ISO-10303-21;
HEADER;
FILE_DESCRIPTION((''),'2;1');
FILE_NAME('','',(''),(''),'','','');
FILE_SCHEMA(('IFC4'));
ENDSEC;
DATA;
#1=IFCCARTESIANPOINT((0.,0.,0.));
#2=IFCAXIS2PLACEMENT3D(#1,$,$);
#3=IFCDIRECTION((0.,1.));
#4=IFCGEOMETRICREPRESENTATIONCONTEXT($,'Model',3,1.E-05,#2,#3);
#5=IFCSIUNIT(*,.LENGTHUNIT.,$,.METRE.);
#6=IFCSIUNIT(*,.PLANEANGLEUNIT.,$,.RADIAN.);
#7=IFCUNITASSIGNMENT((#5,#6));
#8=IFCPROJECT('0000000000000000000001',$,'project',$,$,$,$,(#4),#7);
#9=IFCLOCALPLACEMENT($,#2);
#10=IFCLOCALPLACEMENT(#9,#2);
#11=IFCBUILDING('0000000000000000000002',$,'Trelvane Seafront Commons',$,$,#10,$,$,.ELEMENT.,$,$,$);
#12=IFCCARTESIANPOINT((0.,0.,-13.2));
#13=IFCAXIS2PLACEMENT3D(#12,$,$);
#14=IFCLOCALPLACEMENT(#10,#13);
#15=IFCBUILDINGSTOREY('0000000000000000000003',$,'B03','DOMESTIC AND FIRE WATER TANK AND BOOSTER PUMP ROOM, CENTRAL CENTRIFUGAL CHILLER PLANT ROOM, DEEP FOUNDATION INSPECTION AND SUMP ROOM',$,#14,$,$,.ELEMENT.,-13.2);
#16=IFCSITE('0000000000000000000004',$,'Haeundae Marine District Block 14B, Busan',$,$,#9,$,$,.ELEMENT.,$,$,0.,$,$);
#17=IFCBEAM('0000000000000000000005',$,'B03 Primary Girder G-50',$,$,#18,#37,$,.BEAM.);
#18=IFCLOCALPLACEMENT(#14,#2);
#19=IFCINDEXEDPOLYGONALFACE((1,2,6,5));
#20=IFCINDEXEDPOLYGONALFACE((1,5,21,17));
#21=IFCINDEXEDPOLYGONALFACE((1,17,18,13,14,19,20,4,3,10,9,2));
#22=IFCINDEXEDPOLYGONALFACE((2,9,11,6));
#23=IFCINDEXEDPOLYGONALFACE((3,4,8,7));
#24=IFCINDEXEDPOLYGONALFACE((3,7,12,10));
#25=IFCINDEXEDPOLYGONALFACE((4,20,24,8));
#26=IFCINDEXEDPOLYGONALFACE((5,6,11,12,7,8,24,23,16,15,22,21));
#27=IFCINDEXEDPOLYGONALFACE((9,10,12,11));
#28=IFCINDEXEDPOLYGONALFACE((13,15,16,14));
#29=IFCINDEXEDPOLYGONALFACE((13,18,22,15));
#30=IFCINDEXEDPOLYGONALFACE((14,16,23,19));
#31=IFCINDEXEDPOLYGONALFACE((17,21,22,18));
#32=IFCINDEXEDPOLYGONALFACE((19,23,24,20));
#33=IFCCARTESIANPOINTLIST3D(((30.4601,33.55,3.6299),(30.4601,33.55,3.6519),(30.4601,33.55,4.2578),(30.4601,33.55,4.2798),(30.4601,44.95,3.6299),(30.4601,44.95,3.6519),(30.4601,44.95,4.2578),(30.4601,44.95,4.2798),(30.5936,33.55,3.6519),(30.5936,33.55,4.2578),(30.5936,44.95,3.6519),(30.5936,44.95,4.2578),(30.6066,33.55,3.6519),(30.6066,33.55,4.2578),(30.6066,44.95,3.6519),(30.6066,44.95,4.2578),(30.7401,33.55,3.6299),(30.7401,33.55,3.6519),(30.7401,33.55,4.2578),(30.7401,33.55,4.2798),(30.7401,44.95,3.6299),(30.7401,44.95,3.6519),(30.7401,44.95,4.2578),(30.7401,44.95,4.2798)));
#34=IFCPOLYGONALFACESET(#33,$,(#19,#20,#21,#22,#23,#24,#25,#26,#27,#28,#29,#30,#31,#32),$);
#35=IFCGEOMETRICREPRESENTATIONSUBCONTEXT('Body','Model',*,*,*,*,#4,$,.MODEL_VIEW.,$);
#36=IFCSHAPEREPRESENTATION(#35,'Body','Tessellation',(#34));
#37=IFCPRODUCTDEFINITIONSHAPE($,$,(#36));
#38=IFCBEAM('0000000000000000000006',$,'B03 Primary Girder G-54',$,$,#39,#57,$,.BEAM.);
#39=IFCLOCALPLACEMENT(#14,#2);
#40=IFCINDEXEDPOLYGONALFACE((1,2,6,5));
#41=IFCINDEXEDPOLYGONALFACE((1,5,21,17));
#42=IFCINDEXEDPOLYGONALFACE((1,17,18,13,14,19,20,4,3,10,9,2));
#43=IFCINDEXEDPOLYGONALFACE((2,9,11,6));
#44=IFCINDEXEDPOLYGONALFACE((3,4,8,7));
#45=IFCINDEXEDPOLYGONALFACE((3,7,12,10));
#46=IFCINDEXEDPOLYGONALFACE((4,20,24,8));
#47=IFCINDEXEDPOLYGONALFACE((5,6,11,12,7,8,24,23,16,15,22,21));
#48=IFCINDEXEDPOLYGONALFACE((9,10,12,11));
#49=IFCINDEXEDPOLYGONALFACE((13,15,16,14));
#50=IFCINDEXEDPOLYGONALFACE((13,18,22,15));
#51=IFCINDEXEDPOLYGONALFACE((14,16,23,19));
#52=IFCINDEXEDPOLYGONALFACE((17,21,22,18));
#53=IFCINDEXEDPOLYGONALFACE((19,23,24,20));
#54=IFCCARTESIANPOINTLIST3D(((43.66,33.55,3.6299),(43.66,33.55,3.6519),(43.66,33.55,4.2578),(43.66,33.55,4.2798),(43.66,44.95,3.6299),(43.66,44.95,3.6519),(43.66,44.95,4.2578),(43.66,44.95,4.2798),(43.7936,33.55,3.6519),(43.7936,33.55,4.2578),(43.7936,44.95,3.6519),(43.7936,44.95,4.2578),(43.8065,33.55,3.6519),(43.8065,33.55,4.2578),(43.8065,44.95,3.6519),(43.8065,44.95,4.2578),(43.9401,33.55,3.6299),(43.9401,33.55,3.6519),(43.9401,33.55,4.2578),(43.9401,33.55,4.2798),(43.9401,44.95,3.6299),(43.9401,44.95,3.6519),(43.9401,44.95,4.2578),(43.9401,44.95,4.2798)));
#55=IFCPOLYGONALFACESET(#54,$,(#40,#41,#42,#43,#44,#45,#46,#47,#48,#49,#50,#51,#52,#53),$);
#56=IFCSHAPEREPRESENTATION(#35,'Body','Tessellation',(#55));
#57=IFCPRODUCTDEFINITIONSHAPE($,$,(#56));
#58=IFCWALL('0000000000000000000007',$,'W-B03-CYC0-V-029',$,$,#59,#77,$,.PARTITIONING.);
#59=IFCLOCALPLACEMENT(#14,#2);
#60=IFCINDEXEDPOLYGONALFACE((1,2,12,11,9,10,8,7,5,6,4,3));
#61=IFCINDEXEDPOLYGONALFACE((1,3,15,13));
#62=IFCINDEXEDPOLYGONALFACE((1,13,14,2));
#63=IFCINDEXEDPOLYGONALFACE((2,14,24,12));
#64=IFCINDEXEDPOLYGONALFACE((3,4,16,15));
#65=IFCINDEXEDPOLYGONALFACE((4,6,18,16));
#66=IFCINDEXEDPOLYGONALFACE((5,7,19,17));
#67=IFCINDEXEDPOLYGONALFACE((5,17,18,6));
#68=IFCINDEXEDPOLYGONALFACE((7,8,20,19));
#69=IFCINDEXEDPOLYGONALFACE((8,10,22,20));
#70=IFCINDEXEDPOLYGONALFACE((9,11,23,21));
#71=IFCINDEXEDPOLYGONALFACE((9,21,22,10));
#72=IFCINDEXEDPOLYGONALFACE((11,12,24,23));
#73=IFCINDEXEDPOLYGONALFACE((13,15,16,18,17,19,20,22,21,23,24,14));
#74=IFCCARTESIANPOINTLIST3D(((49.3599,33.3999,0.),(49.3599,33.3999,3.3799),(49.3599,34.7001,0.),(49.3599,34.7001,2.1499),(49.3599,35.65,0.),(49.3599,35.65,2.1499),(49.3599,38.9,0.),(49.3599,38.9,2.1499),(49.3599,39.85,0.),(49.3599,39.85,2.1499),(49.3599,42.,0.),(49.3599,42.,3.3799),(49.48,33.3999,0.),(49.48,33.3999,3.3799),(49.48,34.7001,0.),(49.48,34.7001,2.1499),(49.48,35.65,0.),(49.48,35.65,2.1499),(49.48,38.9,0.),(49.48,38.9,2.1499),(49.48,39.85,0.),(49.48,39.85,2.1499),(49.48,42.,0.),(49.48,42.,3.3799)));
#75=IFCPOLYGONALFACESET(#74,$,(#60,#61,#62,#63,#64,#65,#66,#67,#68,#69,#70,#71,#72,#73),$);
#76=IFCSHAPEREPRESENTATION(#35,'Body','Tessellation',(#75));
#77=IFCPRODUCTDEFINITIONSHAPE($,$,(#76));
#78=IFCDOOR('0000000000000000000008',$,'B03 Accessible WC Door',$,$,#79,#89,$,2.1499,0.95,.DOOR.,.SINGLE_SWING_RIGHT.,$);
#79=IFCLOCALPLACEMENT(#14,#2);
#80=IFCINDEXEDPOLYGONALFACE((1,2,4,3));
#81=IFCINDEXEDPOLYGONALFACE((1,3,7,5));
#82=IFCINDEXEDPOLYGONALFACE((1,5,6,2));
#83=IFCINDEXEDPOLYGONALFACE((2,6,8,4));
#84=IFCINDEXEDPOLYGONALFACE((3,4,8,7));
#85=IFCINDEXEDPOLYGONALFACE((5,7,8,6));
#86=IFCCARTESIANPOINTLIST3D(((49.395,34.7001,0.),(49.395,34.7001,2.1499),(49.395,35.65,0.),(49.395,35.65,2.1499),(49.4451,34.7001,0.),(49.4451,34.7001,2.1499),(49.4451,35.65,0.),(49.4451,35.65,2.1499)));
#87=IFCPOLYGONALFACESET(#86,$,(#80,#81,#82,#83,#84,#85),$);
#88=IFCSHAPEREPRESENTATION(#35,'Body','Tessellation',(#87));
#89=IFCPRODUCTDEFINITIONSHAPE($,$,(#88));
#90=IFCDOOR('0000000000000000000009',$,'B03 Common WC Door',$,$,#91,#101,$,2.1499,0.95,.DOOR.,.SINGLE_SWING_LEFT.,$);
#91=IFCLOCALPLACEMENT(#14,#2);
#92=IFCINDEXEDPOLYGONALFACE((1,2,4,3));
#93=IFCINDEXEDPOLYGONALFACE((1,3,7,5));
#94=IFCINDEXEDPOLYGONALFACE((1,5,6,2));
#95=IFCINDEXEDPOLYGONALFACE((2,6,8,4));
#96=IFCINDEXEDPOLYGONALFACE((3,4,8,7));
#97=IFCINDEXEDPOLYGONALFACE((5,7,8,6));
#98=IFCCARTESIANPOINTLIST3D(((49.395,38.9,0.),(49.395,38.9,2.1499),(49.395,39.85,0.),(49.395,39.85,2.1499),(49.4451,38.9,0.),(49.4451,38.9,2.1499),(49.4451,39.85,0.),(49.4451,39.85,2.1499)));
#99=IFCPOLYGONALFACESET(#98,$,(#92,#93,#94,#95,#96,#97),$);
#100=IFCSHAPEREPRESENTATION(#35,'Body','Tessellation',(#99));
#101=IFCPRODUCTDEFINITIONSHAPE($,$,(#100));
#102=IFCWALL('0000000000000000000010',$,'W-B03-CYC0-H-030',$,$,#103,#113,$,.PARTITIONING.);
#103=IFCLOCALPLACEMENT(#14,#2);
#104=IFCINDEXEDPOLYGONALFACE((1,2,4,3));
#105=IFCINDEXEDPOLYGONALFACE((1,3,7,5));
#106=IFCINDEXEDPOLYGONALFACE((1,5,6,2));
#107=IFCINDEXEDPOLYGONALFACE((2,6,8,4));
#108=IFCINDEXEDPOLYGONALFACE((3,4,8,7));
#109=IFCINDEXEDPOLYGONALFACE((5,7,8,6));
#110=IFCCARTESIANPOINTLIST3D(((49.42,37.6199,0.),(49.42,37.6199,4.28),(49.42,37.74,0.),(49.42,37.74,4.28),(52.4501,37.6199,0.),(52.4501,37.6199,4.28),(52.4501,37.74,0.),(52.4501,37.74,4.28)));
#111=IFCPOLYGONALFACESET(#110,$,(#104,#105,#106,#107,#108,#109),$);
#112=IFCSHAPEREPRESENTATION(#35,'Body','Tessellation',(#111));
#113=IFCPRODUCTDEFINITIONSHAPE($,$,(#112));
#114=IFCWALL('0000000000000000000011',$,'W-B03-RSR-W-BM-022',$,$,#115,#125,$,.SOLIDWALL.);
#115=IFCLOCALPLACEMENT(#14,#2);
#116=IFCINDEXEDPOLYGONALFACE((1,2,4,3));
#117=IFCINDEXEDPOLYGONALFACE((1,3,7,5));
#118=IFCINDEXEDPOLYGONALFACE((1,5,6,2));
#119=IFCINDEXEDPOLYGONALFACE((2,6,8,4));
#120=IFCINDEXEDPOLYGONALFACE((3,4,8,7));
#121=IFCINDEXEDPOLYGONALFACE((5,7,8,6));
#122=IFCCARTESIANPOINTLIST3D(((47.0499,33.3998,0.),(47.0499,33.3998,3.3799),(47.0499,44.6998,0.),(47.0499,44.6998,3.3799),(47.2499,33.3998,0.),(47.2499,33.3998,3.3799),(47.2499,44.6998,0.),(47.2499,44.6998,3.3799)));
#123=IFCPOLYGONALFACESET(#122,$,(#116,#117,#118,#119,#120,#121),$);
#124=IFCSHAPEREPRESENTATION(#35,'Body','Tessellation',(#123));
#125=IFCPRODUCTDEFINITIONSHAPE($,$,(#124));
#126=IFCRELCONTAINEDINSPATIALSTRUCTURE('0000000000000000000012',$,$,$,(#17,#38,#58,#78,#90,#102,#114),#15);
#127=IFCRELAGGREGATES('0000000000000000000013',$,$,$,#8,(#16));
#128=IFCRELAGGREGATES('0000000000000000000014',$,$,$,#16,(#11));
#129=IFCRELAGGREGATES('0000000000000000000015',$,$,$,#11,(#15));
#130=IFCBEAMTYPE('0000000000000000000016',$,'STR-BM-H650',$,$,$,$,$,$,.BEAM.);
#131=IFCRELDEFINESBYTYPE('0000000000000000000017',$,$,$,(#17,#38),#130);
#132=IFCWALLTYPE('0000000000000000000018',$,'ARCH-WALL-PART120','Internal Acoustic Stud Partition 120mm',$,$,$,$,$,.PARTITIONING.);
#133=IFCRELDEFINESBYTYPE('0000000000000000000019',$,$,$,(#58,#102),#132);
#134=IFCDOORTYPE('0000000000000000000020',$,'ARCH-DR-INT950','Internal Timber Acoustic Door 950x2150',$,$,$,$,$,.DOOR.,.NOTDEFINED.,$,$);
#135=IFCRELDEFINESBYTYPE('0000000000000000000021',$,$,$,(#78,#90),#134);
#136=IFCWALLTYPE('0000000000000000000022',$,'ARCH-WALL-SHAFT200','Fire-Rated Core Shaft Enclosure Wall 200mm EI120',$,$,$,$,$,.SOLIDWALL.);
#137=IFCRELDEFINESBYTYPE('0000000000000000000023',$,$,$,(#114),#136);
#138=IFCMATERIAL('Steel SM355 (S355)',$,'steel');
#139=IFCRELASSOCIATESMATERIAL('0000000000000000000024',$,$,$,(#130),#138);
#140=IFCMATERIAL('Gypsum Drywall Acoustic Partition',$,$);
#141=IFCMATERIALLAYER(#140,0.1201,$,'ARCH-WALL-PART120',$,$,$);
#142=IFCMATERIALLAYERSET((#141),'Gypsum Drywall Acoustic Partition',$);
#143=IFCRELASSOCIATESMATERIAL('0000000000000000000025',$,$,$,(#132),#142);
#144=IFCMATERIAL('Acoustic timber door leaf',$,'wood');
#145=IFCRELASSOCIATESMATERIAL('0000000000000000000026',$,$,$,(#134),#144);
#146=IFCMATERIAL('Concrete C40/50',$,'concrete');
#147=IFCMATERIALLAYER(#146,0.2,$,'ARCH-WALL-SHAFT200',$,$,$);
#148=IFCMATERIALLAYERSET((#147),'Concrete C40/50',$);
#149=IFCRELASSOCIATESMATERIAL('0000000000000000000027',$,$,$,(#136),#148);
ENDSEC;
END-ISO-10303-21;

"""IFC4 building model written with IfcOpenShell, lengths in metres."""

from ifc_helpers import new_model, si_unit, direction, frame, frame_2d, origin, origin_2d, place, context, subcontext, project, spatial, rectangle, i_section, extrude, source, transform, mapped, material, layer, layer_set, material_profile, profile_set, type_object, element, fill, save


model = new_model("IFC4")

# Units and contexts
model_context = context("Model", 3, precision=1e-05, world=origin(), true_north=direction((0.0, 1.0)))
body_context = subcontext(model_context, "Body", "Model", "MODEL_VIEW")
ifc_project = project(units=[si_unit("LENGTHUNIT", "METRE"), si_unit("PLANEANGLEUNIT", "RADIAN")], contexts=[model_context])

# Site, building, storey
site_placement = place(None, origin())
site = spatial("IfcSite", under=ifc_project, at=site_placement, Name="Haeundae Marine District Block 14B, Busan", CompositionType="ELEMENT", RefElevation=0.0)
building_placement = place(site_placement, origin())
building = spatial("IfcBuilding", under=site, at=building_placement, Name="Trelvane Seafront Commons", CompositionType="ELEMENT")
storey_placement = place(building_placement, frame((0.0, 0.0, -13.2)))
storey = spatial("IfcBuildingStorey", under=building, at=storey_placement, Name="B03", Description="DOMESTIC AND FIRE WATER TANK AND BOOSTER PUMP ROOM, CENTRAL CENTRIFUGAL CHILLER PLANT ROOM, DEEP FOUNDATION INSPECTION AND SUMP ROOM", CompositionType="ELEMENT", Elevation=-13.2)

# Beams
ifc_material_1 = material(Name="Steel SM355 (S355)", Category="steel")
ifc_material_profile_1 = material_profile(ifc_material_1, i_section(OverallWidth=0.28, OverallDepth=0.6499, WebThickness=0.0129, FlangeThickness=0.022, at=origin_2d()), Name="H-650x280x13x22")
ifc_profile_set_1 = profile_set([ifc_material_profile_1], Name="Steel SM355 (S355)")
beam_type_1 = type_object("IfcBeamType", Name="STR-BM-H650", PredefinedType="BEAM", material=ifc_profile_set_1)
shared_shape_1 = source(origin(), body_context, "Body", "SweptSolid", [
    extrude(i_section(OverallWidth=0.28, OverallDepth=0.6499, WebThickness=0.0129, FlangeThickness=0.022, at=origin_2d()), origin(), (0.0, 0.0, 1.0), 11.3999),
])
for number, where, z_axis, x_axis, name in (
    (1, (30.6001, 33.55, 3.9548), (0.0, 1.0, 0.0), (-1.0, 0.0, 0.0), "B03 Primary Girder G-50"),
    (2, (43.8, 33.55, 3.9548), (0.0, 1.0, 0.0), (-1.0, 0.0, 0.0), "B03 Primary Girder G-54"),
):
    element("IfcBeam", number, at=place(storey_placement, frame(where, z_axis=z_axis, x_axis=x_axis)), inside=storey, type_object=beam_type_1, Name=name, PredefinedType="BEAM", context=body_context, shape_type="MappedRepresentation", body=[
        mapped(shared_shape_1, transform((0.0, 0.0, 0.0), x_axis=(1.0, 0.0, 0.0), y_axis=(0.0, 1.0, 0.0), z_axis=(0.0, 0.0, 1.0), scale=1.0)),
    ])

# Wall, openings, doors
ifc_material_2 = material(Name="Concrete C40/50", Category="concrete")
shared_shape_2 = source(origin(), body_context, "Body", "SweptSolid", [
    extrude(rectangle(XDim=0.95, YDim=2.1499, at=frame_2d((0.4751, 1.075))), frame((0.0, 0.0249, 0.0), z_axis=(0.0, -1.0, 0.0), x_axis=(1.0, 0.0, 0.0)), (0.0, 0.0, 1.0), 0.05),
])
ifc_material_3 = material(Name="Gypsum Drywall Acoustic Partition")
ifc_layer_1 = layer(ifc_material_3, 0.1201, Name="ARCH-WALL-PART120")
ifc_layer_set_1 = layer_set([ifc_layer_1], Name="Gypsum Drywall Acoustic Partition")
wall_type_1 = type_object("IfcWallType", Name="ARCH-WALL-PART120", Description="Internal Acoustic Stud Partition 120mm", PredefinedType="PARTITIONING", material=ifc_layer_set_1)
wall_1_placement = place(storey_placement, frame((49.4199, 33.3999, 0.0), z_axis=(0.0, 0.0, 1.0), x_axis=(0.0, 1.0, 0.0)))
wall_1 = element("IfcWall", 3, at=wall_1_placement, inside=storey, type_object=wall_type_1, Name="W-B03-CYC0-V-029", PredefinedType="PARTITIONING", context=body_context, shape_type="SweptSolid", body=[
    extrude(rectangle(XDim=8.6001, YDim=0.1201, at=frame_2d((4.3, 0.0))), origin(), (0.0, 0.0, 1.0), 3.3799),
])
opening_1_placement = place(wall_1_placement, frame((1.3, 0.0, 0.0)))
opening_1 = element("IfcOpeningElement", 4, at=opening_1_placement, cuts=wall_1, PredefinedType="OPENING", context=body_context, shape_type="SweptSolid", body=[
    extrude(rectangle(XDim=0.95, YDim=2.1499, at=frame_2d((0.4751, 1.075))), frame((0.0, 0.0701, 0.0), z_axis=(0.0, -1.0, 0.0), x_axis=(1.0, 0.0, 0.0)), (0.0, 0.0, 1.0), 0.1401),
])
opening_2_placement = place(wall_1_placement, frame((5.5, 0.0, 0.0)))
opening_2 = element("IfcOpeningElement", 5, at=opening_2_placement, cuts=wall_1, PredefinedType="OPENING", context=body_context, shape_type="SweptSolid", body=[
    extrude(rectangle(XDim=0.95, YDim=2.1499, at=frame_2d((0.4751, 1.075))), frame((0.0, 0.0701, 0.0), z_axis=(0.0, -1.0, 0.0), x_axis=(1.0, 0.0, 0.0)), (0.0, 0.0, 1.0), 0.1401),
])
ifc_material_4 = material(Name="Acoustic timber door leaf", Category="wood")
door_type_1 = type_object("IfcDoorType", Name="ARCH-DR-INT950", Description="Internal Timber Acoustic Door 950x2150", OperationType="NOTDEFINED", PredefinedType="DOOR", material=ifc_material_4)
door_1_placement = place(opening_1_placement, origin())
door_1 = element("IfcDoor", 6, at=door_1_placement, inside=storey, type_object=door_type_1, Name="B03 Accessible WC Door", OperationType="SINGLE_SWING_RIGHT", OverallHeight=2.1499, OverallWidth=0.95, PredefinedType="DOOR", context=body_context, shape_type="MappedRepresentation", body=[
    mapped(shared_shape_2, transform((0.0, 0.0, 0.0), x_axis=(1.0, 0.0, 0.0), y_axis=(0.0, 1.0, 0.0), z_axis=(0.0, 0.0, 1.0), scale=1.0)),
])
fill(opening_1, door_1)
door_2_placement = place(opening_2_placement, origin())
door_2 = element("IfcDoor", 7, at=door_2_placement, inside=storey, type_object=door_type_1, Name="B03 Common WC Door", OperationType="SINGLE_SWING_LEFT", OverallHeight=2.1499, OverallWidth=0.95, PredefinedType="DOOR", context=body_context, shape_type="MappedRepresentation", body=[
    mapped(shared_shape_2, transform((0.0, 0.0, 0.0), x_axis=(1.0, 0.0, 0.0), y_axis=(0.0, 1.0, 0.0), z_axis=(0.0, 0.0, 1.0), scale=1.0)),
])
fill(opening_2, door_2)

# Walls
wall_2_placement = place(storey_placement, frame((49.4199, 37.6799, 0.0), z_axis=(0.0, 0.0, 1.0), x_axis=(1.0, 0.0, 0.0)))
element("IfcWall", 8, at=wall_2_placement, inside=storey, type_object=wall_type_1, Name="W-B03-CYC0-H-030", PredefinedType="PARTITIONING", context=body_context, shape_type="SweptSolid", body=[
    extrude(rectangle(XDim=3.03, YDim=0.1201, at=frame_2d((1.5151, 0.0))), origin(), (0.0, 0.0, 1.0), 4.28),
])
ifc_layer_2 = layer(ifc_material_2, 0.2, Name="ARCH-WALL-SHAFT200")
ifc_layer_set_2 = layer_set([ifc_layer_2], Name="Concrete C40/50")
wall_type_2 = type_object("IfcWallType", Name="ARCH-WALL-SHAFT200", Description="Fire-Rated Core Shaft Enclosure Wall 200mm EI120", PredefinedType="SOLIDWALL", material=ifc_layer_set_2)
wall_3_placement = place(storey_placement, frame((47.1499, 33.3999, 0.0), z_axis=(0.0, 0.0, 1.0), x_axis=(0.0, 1.0, 0.0)))
element("IfcWall", 9, at=wall_3_placement, inside=storey, type_object=wall_type_2, Name="W-B03-RSR-W-BM-022", PredefinedType="SOLIDWALL", context=body_context, shape_type="SweptSolid", body=[
    extrude(rectangle(XDim=11.3, YDim=0.2, at=frame_2d((5.6499, 0.0))), origin(), (0.0, 0.0, 1.0), 3.3799),
])

save(model, "model.ifc")
